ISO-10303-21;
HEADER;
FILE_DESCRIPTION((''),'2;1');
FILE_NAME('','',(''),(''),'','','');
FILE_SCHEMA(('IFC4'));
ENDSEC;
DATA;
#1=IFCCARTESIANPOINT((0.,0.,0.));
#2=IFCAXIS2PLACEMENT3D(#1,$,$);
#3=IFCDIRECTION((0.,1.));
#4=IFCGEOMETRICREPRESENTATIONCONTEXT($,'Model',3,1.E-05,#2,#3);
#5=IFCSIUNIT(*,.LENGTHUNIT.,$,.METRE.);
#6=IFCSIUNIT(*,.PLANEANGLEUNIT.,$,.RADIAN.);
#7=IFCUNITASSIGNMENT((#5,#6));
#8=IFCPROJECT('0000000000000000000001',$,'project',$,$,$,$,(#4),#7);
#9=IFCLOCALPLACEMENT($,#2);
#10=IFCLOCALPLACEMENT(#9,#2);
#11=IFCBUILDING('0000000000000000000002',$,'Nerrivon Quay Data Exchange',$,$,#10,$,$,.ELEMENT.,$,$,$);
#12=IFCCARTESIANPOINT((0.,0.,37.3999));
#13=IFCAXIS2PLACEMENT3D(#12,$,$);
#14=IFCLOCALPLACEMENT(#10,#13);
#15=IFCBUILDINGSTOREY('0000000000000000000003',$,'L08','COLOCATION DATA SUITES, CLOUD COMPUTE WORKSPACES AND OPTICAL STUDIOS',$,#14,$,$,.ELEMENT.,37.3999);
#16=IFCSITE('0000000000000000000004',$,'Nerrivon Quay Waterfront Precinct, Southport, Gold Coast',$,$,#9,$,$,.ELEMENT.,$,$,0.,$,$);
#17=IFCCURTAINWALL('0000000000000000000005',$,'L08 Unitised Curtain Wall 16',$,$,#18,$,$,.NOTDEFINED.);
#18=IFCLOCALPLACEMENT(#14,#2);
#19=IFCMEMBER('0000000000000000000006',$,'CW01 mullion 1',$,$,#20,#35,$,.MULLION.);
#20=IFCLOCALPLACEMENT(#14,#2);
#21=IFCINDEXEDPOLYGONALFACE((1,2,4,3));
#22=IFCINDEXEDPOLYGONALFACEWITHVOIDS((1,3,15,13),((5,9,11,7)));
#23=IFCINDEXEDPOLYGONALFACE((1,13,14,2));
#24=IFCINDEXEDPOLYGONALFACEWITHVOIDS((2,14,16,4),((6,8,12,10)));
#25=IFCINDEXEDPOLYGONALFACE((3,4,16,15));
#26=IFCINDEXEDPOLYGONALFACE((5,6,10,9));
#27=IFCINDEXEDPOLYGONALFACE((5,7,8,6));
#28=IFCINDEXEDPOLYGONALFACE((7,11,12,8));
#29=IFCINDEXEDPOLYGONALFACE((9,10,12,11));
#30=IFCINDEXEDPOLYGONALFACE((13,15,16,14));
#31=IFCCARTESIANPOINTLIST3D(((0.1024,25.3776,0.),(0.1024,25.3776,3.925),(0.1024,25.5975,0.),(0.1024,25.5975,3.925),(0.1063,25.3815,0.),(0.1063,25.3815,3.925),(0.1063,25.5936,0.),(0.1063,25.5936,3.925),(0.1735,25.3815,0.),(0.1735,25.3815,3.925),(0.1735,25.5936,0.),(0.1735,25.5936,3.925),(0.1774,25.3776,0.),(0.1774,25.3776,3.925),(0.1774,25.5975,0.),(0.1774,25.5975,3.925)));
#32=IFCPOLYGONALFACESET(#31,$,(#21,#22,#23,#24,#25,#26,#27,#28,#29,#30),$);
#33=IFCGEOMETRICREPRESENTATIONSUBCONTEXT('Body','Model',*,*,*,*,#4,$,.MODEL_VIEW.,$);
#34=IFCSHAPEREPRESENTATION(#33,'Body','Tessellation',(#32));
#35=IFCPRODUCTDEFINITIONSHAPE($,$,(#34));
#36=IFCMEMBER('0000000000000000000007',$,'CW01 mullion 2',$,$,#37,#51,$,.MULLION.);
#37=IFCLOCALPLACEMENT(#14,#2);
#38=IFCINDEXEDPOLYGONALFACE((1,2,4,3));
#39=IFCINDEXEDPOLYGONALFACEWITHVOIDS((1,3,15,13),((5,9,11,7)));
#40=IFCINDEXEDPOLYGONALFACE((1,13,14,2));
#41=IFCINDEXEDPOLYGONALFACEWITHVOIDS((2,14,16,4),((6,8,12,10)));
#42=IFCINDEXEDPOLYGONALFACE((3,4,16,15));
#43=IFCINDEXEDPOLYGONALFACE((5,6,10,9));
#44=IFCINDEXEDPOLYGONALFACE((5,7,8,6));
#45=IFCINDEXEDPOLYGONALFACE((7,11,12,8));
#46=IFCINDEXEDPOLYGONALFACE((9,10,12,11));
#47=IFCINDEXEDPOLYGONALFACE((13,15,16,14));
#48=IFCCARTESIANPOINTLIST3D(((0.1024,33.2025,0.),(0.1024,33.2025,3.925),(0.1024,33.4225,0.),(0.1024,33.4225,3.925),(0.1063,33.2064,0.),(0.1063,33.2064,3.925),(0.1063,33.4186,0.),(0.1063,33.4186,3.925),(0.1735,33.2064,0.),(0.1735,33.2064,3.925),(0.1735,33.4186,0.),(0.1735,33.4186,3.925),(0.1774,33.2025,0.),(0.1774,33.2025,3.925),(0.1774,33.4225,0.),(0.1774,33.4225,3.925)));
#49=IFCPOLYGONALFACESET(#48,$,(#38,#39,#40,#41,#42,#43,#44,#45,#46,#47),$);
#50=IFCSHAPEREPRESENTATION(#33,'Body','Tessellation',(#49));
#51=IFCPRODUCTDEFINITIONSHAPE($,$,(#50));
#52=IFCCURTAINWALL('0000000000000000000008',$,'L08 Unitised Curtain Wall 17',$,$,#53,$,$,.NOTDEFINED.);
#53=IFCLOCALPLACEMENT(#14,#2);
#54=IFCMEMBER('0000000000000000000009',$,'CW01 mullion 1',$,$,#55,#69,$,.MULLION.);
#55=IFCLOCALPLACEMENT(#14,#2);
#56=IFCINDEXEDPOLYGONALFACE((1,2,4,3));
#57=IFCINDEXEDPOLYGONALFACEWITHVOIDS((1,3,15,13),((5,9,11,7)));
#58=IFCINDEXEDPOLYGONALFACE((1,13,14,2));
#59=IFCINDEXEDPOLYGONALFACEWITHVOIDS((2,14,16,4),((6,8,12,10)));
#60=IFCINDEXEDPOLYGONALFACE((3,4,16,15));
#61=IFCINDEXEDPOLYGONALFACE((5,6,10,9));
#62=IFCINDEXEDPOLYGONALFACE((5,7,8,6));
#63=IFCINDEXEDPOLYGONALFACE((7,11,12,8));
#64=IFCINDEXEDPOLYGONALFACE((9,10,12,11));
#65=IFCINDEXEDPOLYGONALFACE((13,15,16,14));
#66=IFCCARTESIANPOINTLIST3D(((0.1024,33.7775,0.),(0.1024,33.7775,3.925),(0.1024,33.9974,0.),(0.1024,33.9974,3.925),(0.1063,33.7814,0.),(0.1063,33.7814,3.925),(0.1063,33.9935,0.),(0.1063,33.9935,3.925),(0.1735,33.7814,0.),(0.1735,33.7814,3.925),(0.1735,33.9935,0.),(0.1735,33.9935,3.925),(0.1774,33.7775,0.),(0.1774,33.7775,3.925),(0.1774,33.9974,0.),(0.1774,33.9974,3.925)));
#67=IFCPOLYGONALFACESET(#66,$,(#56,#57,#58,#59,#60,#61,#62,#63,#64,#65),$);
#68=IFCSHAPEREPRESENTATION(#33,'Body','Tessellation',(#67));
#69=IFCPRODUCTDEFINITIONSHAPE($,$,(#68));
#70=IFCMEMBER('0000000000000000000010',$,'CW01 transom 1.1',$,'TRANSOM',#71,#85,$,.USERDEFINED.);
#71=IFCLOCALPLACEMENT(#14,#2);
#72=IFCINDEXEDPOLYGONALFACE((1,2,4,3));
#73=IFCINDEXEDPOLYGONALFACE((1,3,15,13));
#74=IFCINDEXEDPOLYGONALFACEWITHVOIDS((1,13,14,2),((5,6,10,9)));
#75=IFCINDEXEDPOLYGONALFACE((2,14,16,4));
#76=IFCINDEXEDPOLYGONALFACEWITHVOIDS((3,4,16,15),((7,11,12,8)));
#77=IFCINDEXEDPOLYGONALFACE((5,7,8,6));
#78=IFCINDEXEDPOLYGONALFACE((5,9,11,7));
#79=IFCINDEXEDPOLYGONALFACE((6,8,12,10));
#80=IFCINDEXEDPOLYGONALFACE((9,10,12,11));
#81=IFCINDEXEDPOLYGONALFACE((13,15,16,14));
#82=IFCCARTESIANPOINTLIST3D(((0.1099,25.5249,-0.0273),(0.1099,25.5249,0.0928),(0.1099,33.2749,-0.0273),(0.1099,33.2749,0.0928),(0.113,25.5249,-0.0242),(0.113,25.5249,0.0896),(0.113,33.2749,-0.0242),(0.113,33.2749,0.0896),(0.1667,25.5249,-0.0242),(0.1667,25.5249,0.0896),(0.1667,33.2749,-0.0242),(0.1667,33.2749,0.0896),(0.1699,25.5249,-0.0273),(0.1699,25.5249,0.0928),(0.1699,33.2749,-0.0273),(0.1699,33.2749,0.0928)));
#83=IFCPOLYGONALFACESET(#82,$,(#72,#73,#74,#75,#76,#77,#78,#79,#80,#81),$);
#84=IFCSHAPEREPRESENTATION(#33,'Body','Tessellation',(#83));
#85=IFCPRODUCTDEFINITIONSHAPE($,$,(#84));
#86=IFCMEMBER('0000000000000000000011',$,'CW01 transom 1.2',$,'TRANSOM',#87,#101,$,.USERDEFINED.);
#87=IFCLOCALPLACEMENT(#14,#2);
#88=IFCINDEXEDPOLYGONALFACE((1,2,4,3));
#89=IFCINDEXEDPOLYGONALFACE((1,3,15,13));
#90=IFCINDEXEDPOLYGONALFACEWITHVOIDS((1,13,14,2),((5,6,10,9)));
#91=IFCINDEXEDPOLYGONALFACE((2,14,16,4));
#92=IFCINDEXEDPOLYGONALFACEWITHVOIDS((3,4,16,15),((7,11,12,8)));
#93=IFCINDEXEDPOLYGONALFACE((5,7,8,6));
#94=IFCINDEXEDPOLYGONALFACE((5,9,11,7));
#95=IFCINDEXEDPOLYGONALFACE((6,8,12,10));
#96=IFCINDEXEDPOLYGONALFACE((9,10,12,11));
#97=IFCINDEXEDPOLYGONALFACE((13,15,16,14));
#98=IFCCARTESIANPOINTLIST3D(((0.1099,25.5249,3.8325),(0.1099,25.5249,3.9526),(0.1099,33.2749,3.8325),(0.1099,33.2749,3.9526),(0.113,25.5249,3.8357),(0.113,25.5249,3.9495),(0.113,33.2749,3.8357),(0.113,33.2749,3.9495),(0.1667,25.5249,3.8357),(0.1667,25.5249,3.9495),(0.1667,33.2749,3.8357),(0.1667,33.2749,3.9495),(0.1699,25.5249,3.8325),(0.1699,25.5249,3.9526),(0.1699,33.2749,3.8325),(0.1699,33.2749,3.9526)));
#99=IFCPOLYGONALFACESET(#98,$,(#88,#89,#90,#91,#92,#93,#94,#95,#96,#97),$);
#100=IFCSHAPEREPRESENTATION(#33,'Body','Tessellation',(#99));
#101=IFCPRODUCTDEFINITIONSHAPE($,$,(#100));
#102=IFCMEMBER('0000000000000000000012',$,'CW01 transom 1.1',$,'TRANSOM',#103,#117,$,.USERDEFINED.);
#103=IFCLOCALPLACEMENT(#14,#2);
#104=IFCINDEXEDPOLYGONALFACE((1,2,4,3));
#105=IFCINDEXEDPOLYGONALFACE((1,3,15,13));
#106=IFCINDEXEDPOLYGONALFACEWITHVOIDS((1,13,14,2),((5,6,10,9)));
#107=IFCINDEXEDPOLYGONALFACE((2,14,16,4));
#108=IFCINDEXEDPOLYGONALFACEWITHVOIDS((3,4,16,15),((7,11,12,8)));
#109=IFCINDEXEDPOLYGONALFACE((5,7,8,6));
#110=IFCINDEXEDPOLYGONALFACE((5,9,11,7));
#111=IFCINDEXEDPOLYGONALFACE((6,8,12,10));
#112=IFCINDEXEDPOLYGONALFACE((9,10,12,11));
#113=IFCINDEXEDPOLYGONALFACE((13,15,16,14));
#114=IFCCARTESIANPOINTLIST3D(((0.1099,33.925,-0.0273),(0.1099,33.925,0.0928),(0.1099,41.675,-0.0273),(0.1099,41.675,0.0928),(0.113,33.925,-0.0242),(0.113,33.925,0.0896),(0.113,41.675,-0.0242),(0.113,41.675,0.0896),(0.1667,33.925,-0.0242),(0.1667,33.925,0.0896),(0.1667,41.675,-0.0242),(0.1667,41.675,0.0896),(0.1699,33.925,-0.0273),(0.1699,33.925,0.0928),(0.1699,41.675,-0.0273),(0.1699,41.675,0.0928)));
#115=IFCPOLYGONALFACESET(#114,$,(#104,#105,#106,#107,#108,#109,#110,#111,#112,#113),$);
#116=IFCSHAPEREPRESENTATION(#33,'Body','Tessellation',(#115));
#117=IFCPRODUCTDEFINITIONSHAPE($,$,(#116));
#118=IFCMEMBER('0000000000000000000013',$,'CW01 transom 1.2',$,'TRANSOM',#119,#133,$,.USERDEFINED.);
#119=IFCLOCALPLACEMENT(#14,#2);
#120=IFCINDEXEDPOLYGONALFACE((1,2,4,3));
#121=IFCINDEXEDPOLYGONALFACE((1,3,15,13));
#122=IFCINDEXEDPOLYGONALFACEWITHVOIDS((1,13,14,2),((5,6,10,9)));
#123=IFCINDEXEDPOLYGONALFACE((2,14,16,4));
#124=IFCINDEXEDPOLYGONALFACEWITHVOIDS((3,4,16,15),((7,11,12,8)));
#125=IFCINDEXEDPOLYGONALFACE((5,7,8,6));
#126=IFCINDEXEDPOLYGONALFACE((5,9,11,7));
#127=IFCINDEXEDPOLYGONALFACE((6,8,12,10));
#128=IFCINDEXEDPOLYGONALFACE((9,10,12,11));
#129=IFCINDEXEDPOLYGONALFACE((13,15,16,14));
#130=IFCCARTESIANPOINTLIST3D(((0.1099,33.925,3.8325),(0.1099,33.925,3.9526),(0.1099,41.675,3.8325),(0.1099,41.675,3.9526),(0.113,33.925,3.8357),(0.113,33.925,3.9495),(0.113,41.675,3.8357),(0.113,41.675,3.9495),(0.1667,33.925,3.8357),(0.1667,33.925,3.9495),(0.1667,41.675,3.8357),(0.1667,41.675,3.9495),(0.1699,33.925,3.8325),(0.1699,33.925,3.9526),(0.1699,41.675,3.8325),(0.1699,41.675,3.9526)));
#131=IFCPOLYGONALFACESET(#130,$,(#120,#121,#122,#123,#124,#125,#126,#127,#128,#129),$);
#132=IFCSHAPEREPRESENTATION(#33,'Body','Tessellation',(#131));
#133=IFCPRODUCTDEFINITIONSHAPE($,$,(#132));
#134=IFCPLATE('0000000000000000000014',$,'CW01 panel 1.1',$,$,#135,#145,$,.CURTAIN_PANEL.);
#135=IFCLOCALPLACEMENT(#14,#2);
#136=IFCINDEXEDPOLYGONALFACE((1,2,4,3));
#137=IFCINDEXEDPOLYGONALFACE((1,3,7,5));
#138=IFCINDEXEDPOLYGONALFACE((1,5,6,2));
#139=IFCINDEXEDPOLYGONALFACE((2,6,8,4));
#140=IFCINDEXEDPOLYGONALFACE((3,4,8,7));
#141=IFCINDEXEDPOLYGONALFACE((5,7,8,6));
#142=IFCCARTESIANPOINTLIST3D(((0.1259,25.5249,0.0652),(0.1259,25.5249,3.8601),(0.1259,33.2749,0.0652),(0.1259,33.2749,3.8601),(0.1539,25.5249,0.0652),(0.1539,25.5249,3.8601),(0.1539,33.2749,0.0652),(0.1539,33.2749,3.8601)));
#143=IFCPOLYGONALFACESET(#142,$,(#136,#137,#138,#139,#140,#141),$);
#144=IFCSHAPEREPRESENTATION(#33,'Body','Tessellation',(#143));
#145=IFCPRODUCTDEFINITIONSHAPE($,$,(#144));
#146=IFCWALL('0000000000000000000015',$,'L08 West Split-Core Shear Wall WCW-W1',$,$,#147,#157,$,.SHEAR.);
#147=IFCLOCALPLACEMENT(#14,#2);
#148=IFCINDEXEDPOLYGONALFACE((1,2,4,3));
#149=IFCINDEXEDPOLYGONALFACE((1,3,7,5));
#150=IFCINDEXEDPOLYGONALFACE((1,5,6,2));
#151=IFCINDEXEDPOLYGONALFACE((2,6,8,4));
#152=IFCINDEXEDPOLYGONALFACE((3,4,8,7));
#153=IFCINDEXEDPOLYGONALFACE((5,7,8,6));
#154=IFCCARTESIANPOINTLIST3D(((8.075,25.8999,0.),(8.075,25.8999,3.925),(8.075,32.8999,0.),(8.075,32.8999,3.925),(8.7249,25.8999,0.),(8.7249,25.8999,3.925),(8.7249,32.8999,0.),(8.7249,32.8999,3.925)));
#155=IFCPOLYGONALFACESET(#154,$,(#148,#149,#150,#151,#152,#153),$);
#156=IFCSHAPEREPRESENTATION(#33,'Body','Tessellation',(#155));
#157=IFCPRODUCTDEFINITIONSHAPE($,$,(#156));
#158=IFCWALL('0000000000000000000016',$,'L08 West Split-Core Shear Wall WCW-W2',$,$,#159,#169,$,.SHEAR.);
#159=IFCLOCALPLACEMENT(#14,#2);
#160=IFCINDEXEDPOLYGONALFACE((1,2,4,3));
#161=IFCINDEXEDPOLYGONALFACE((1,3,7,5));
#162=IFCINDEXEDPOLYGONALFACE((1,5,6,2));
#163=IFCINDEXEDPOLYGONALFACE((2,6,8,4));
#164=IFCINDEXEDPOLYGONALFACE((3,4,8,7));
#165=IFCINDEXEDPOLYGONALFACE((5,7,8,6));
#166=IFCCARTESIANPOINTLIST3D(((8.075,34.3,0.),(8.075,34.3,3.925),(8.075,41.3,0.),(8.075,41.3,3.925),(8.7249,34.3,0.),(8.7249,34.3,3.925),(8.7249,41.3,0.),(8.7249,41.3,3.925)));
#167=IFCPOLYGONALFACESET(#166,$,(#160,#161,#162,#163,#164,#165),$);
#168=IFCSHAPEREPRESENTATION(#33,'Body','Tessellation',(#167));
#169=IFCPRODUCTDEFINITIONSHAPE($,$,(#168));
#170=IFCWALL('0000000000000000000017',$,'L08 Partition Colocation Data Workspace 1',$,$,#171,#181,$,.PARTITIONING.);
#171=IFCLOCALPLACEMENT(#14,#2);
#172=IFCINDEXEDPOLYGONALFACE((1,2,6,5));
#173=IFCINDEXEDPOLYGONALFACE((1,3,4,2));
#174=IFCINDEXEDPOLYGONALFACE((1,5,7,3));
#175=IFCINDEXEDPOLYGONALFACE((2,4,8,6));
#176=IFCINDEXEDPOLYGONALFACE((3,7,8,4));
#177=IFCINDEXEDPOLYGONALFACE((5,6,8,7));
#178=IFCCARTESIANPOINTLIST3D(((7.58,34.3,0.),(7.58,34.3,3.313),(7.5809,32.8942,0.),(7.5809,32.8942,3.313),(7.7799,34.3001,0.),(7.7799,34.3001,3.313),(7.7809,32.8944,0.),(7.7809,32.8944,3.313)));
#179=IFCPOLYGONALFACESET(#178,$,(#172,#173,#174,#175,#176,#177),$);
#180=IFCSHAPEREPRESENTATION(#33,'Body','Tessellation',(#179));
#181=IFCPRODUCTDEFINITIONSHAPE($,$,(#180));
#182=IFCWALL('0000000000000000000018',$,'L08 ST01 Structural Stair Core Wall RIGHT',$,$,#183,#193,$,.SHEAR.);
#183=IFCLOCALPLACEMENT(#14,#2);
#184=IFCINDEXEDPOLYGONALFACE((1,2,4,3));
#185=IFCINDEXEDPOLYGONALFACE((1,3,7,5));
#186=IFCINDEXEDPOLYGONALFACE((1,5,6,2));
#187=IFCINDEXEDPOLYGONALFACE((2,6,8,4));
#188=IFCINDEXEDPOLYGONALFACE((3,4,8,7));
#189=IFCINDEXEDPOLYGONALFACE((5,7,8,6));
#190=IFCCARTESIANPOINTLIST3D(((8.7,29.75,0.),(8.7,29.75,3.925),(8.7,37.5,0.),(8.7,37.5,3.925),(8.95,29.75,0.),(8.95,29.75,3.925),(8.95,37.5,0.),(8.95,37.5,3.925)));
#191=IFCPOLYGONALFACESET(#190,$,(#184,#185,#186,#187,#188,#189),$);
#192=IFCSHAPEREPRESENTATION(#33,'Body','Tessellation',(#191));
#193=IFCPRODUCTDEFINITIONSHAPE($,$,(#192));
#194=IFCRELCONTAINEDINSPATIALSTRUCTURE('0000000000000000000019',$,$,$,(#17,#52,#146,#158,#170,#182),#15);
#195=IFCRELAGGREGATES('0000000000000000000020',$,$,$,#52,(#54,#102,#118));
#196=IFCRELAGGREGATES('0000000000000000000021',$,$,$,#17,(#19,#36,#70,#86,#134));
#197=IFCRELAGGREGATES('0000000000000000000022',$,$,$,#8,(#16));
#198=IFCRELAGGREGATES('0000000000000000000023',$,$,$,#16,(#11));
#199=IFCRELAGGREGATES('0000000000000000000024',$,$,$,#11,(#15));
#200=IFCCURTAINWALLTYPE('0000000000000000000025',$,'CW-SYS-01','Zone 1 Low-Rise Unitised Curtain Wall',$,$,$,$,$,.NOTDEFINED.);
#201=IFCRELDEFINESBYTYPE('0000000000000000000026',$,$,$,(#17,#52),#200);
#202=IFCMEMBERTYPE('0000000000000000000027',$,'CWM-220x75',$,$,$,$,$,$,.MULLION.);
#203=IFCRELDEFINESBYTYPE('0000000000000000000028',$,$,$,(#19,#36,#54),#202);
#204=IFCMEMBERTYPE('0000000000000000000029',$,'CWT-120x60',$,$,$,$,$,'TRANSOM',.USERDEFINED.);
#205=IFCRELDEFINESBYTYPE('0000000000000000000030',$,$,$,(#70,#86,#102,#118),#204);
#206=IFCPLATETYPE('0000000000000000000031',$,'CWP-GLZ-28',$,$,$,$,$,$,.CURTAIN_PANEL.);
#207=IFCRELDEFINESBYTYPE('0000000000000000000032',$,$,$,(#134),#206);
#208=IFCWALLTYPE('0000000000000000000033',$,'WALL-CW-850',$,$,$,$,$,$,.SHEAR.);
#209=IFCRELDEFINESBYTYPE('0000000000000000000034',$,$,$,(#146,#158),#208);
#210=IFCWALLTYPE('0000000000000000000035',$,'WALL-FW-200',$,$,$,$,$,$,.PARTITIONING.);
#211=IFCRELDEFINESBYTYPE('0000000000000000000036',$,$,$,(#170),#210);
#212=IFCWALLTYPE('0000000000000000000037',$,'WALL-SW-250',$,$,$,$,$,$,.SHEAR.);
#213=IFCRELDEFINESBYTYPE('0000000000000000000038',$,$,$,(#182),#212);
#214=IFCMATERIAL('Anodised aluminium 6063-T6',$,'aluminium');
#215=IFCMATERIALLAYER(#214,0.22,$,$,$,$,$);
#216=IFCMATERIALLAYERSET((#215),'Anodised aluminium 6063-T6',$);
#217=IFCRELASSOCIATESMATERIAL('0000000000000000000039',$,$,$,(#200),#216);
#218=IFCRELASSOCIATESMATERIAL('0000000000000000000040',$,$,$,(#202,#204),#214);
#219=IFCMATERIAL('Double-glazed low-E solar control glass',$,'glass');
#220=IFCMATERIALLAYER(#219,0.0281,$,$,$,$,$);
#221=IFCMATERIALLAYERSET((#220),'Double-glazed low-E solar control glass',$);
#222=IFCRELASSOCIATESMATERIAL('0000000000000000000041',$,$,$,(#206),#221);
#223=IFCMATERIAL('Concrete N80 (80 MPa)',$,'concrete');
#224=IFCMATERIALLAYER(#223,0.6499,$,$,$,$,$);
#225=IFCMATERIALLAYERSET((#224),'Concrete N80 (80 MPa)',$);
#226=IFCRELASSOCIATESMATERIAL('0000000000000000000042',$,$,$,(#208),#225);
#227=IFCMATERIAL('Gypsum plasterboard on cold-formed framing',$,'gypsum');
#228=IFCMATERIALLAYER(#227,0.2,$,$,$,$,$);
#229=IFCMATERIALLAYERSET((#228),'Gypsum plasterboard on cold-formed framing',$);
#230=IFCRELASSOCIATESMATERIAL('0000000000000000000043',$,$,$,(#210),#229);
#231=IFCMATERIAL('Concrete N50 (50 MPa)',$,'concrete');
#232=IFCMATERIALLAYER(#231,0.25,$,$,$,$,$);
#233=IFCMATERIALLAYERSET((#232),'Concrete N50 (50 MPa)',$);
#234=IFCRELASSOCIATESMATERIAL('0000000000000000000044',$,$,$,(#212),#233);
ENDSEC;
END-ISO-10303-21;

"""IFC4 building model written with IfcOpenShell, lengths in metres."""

from ifc_helpers import new_model, si_unit, direction, frame, frame_2d, origin, origin_2d, place, context, subcontext, project, spatial, rectangle, hollow_rectangle, extrude, material, layer, layer_set, material_profile, profile_set, type_object, element, aggregate, save


model = new_model("IFC4")

# Units and contexts
model_context = context("Model", 3, precision=1e-05, world=origin(), true_north=direction((0.0, 1.0)))
body_context = subcontext(model_context, "Body", "Model", "MODEL_VIEW")
ifc_project = project(units=[si_unit("LENGTHUNIT", "METRE"), si_unit("PLANEANGLEUNIT", "RADIAN")], contexts=[model_context])

# Site, building, storey
site_placement = place(None, origin())
site = spatial("IfcSite", under=ifc_project, at=site_placement, Name="Nerrivon Quay Waterfront Precinct, Southport, Gold Coast", CompositionType="ELEMENT", RefElevation=0.0)
building_placement = place(site_placement, origin())
building = spatial("IfcBuilding", under=site, at=building_placement, Name="Nerrivon Quay Data Exchange", CompositionType="ELEMENT")
storey_placement = place(building_placement, frame((0.0, 0.0, 37.3999)))
storey = spatial("IfcBuildingStorey", under=building, at=storey_placement, Name="L08", Description="COLOCATION DATA SUITES, CLOUD COMPUTE WORKSPACES AND OPTICAL STUDIOS", CompositionType="ELEMENT", Elevation=37.3999)

# Shared definitions
ifc_material_1 = material(Name="Concrete N80 (80 MPa)", Category="concrete")

# Curtain wall, members
ifc_material_2 = material(Name="Anodised aluminium 6063-T6", Category="aluminium")
ifc_layer_1 = layer(ifc_material_2, 0.22)
ifc_layer_set_1 = layer_set([ifc_layer_1], Name="Anodised aluminium 6063-T6")
curtain_wall_type = type_object("IfcCurtainWallType", Name="CW-SYS-01", Description="Zone 1 Low-Rise Unitised Curtain Wall", PredefinedType="NOTDEFINED", material=ifc_layer_set_1)
curtain_wall_1_placement = place(storey_placement, origin())
curtain_wall_1 = element("IfcCurtainWall", 1, at=curtain_wall_1_placement, inside=storey, type_object=curtain_wall_type, Name="L08 Unitised Curtain Wall 16", PredefinedType="NOTDEFINED")
ifc_material_profile_1 = material_profile(ifc_material_2, hollow_rectangle(XDim=0.075, YDim=0.22, WallThickness=0.0039, at=origin_2d()), Name="ALU-MULL-220x75")
ifc_profile_set_1 = profile_set([ifc_material_profile_1], Name="Anodised aluminium 6063-T6")
member_type_1 = type_object("IfcMemberType", Name="CWM-220x75", PredefinedType="MULLION", material=ifc_profile_set_1)
member_1_placement = place(storey_placement, frame((0.1399, 25.4875, 0.0), z_axis=(0.0, 0.0, 1.0), x_axis=(-1.0, 0.0, 0.0)))
member_1 = element("IfcMember", 2, at=member_1_placement, type_object=member_type_1, Name="CW01 mullion 1", PredefinedType="MULLION", context=body_context, shape_type="SweptSolid", body=[
    extrude(hollow_rectangle(XDim=0.075, YDim=0.22, WallThickness=0.0039, at=origin_2d()), origin(), (0.0, 0.0, 1.0), 3.925),
])
member_2_placement = place(storey_placement, frame((0.1399, 33.3125, 0.0), z_axis=(0.0, 0.0, 1.0), x_axis=(-1.0, 0.0, 0.0)))
member_2 = element("IfcMember", 3, at=member_2_placement, type_object=member_type_1, Name="CW01 mullion 2", PredefinedType="MULLION", context=body_context, shape_type="SweptSolid", body=[
    extrude(hollow_rectangle(XDim=0.075, YDim=0.22, WallThickness=0.0039, at=origin_2d()), origin(), (0.0, 0.0, 1.0), 3.925),
])

# Curtain wall, member
curtain_wall_2_placement = place(storey_placement, origin())
curtain_wall_2 = element("IfcCurtainWall", 4, at=curtain_wall_2_placement, inside=storey, type_object=curtain_wall_type, Name="L08 Unitised Curtain Wall 17", PredefinedType="NOTDEFINED")
member_3_placement = place(storey_placement, frame((0.1399, 33.8875, 0.0), z_axis=(0.0, 0.0, 1.0), x_axis=(-1.0, 0.0, 0.0)))
member_3 = element("IfcMember", 5, at=member_3_placement, type_object=member_type_1, Name="CW01 mullion 1", PredefinedType="MULLION", context=body_context, shape_type="SweptSolid", body=[
    extrude(hollow_rectangle(XDim=0.075, YDim=0.22, WallThickness=0.0039, at=origin_2d()), origin(), (0.0, 0.0, 1.0), 3.925),
])

# Members
ifc_material_profile_2 = material_profile(ifc_material_2, hollow_rectangle(XDim=0.0601, YDim=0.1201, WallThickness=0.0032, at=origin_2d()), Name="ALU-TRAN-120x60")
ifc_profile_set_2 = profile_set([ifc_material_profile_2], Name="Anodised aluminium 6063-T6")
member_type_2 = type_object("IfcMemberType", Name="CWT-120x60", ElementType="TRANSOM", PredefinedType="USERDEFINED", material=ifc_profile_set_2)
member_4_placement = place(storey_placement, frame((0.1399, 25.5249, 0.0327), z_axis=(0.0, 1.0, 0.0), x_axis=(-1.0, 0.0, 0.0)))
member_4 = element("IfcMember", 6, at=member_4_placement, type_object=member_type_2, Name="CW01 transom 1.1", ObjectType="TRANSOM", PredefinedType="USERDEFINED", context=body_context, shape_type="SweptSolid", body=[
    extrude(hollow_rectangle(XDim=0.0601, YDim=0.1201, WallThickness=0.0032, at=origin_2d()), origin(), (0.0, 0.0, 1.0), 7.75),
])
member_5_placement = place(storey_placement, frame((0.1399, 25.5249, 3.8926), z_axis=(0.0, 1.0, 0.0), x_axis=(-1.0, 0.0, 0.0)))
member_5 = element("IfcMember", 7, at=member_5_placement, type_object=member_type_2, Name="CW01 transom 1.2", ObjectType="TRANSOM", PredefinedType="USERDEFINED", context=body_context, shape_type="SweptSolid", body=[
    extrude(hollow_rectangle(XDim=0.0601, YDim=0.1201, WallThickness=0.0032, at=origin_2d()), origin(), (0.0, 0.0, 1.0), 7.75),
])
member_6_placement = place(storey_placement, frame((0.1399, 33.925, 0.0327), z_axis=(0.0, 1.0, 0.0), x_axis=(-1.0, 0.0, 0.0)))
member_6 = element("IfcMember", 8, at=member_6_placement, type_object=member_type_2, Name="CW01 transom 1.1", ObjectType="TRANSOM", PredefinedType="USERDEFINED", context=body_context, shape_type="SweptSolid", body=[
    extrude(hollow_rectangle(XDim=0.0601, YDim=0.1201, WallThickness=0.0032, at=origin_2d()), origin(), (0.0, 0.0, 1.0), 7.75),
])
member_7_placement = place(storey_placement, frame((0.1399, 33.925, 3.8926), z_axis=(0.0, 1.0, 0.0), x_axis=(-1.0, 0.0, 0.0)))
member_7 = element("IfcMember", 9, at=member_7_placement, type_object=member_type_2, Name="CW01 transom 1.2", ObjectType="TRANSOM", PredefinedType="USERDEFINED", context=body_context, shape_type="SweptSolid", body=[
    extrude(hollow_rectangle(XDim=0.0601, YDim=0.1201, WallThickness=0.0032, at=origin_2d()), origin(), (0.0, 0.0, 1.0), 7.75),
])
aggregate(curtain_wall_2, [member_3, member_6, member_7])

# Plate
ifc_material_3 = material(Name="Double-glazed low-E solar control glass", Category="glass")
ifc_layer_2 = layer(ifc_material_3, 0.0281)
ifc_layer_set_2 = layer_set([ifc_layer_2], Name="Double-glazed low-E solar control glass")
plate_type = type_object("IfcPlateType", Name="CWP-GLZ-28", PredefinedType="CURTAIN_PANEL", material=ifc_layer_set_2)
plate_placement = place(storey_placement, frame((0.1399, 29.3999, 0.0652), z_axis=(0.0, 0.0, 1.0), x_axis=(0.0, 1.0, 0.0)))
plate = element("IfcPlate", 10, at=plate_placement, type_object=plate_type, Name="CW01 panel 1.1", PredefinedType="CURTAIN_PANEL", context=body_context, shape_type="SweptSolid", body=[
    extrude(rectangle(XDim=7.75, YDim=0.0281, at=origin_2d()), origin(), (0.0, 0.0, 1.0), 3.7949),
])
aggregate(curtain_wall_1, [member_1, member_2, member_4, member_5, plate])

# Walls
ifc_layer_3 = layer(ifc_material_1, 0.6499)
ifc_layer_set_3 = layer_set([ifc_layer_3], Name="Concrete N80 (80 MPa)")
wall_type_1 = type_object("IfcWallType", Name="WALL-CW-850", PredefinedType="SHEAR", material=ifc_layer_set_3)
for number, where, z_axis, x_axis, name in (
    (11, (8.3999, 25.8999, 0.0), (0.0, 0.0, 1.0), (0.0, 1.0, 0.0), "L08 West Split-Core Shear Wall WCW-W1"),
    (12, (8.3999, 34.3, 0.0), (0.0, 0.0, 1.0), (0.0, 1.0, 0.0), "L08 West Split-Core Shear Wall WCW-W2"),
):
    element("IfcWall", number, at=place(storey_placement, frame(where, z_axis=z_axis, x_axis=x_axis)), inside=storey, type_object=wall_type_1, Name=name, PredefinedType="SHEAR", context=body_context, shape_type="SweptSolid", body=[
        extrude(rectangle(XDim=7.0, YDim=0.6499, at=frame_2d((3.5, 0.0))), origin(), (0.0, 0.0, 1.0), 3.925),
    ])

# Walls
ifc_material_4 = material(Name="Gypsum plasterboard on cold-formed framing", Category="gypsum")
ifc_layer_4 = layer(ifc_material_4, 0.2)
ifc_layer_set_4 = layer_set([ifc_layer_4], Name="Gypsum plasterboard on cold-formed framing")
wall_type_2 = type_object("IfcWallType", Name="WALL-FW-200", PredefinedType="PARTITIONING", material=ifc_layer_set_4)
wall_1_placement = place(storey_placement, frame((7.6809, 32.8943, 0.0), z_axis=(0.0, 0.0, 1.0), x_axis=(-0.000695, 1.0, 0.0)))
element("IfcWall", 13, at=wall_1_placement, inside=storey, type_object=wall_type_2, Name="L08 Partition Colocation Data Workspace 1", PredefinedType="PARTITIONING", context=body_context, shape_type="SweptSolid", body=[
    extrude(rectangle(XDim=1.4058, YDim=0.2, at=frame_2d((0.7029, 0.0))), origin(), (0.0, 0.0, 1.0), 3.313),
])
ifc_material_5 = material(Name="Concrete N50 (50 MPa)", Category="concrete")
ifc_layer_5 = layer(ifc_material_5, 0.25)
ifc_layer_set_5 = layer_set([ifc_layer_5], Name="Concrete N50 (50 MPa)")
wall_type_3 = type_object("IfcWallType", Name="WALL-SW-250", PredefinedType="SHEAR", material=ifc_layer_set_5)
wall_2_placement = place(storey_placement, frame((8.825, 29.75, 0.0), z_axis=(0.0, 0.0, 1.0), x_axis=(0.0, 1.0, 0.0)))
element("IfcWall", 14, at=wall_2_placement, inside=storey, type_object=wall_type_3, Name="L08 ST01 Structural Stair Core Wall RIGHT", PredefinedType="SHEAR", context=body_context, shape_type="SweptSolid", body=[
    extrude(rectangle(XDim=7.75, YDim=0.25, at=frame_2d((3.875, 0.0))), origin(), (0.0, 0.0, 1.0), 3.925),
])

save(model, "model.ifc")
